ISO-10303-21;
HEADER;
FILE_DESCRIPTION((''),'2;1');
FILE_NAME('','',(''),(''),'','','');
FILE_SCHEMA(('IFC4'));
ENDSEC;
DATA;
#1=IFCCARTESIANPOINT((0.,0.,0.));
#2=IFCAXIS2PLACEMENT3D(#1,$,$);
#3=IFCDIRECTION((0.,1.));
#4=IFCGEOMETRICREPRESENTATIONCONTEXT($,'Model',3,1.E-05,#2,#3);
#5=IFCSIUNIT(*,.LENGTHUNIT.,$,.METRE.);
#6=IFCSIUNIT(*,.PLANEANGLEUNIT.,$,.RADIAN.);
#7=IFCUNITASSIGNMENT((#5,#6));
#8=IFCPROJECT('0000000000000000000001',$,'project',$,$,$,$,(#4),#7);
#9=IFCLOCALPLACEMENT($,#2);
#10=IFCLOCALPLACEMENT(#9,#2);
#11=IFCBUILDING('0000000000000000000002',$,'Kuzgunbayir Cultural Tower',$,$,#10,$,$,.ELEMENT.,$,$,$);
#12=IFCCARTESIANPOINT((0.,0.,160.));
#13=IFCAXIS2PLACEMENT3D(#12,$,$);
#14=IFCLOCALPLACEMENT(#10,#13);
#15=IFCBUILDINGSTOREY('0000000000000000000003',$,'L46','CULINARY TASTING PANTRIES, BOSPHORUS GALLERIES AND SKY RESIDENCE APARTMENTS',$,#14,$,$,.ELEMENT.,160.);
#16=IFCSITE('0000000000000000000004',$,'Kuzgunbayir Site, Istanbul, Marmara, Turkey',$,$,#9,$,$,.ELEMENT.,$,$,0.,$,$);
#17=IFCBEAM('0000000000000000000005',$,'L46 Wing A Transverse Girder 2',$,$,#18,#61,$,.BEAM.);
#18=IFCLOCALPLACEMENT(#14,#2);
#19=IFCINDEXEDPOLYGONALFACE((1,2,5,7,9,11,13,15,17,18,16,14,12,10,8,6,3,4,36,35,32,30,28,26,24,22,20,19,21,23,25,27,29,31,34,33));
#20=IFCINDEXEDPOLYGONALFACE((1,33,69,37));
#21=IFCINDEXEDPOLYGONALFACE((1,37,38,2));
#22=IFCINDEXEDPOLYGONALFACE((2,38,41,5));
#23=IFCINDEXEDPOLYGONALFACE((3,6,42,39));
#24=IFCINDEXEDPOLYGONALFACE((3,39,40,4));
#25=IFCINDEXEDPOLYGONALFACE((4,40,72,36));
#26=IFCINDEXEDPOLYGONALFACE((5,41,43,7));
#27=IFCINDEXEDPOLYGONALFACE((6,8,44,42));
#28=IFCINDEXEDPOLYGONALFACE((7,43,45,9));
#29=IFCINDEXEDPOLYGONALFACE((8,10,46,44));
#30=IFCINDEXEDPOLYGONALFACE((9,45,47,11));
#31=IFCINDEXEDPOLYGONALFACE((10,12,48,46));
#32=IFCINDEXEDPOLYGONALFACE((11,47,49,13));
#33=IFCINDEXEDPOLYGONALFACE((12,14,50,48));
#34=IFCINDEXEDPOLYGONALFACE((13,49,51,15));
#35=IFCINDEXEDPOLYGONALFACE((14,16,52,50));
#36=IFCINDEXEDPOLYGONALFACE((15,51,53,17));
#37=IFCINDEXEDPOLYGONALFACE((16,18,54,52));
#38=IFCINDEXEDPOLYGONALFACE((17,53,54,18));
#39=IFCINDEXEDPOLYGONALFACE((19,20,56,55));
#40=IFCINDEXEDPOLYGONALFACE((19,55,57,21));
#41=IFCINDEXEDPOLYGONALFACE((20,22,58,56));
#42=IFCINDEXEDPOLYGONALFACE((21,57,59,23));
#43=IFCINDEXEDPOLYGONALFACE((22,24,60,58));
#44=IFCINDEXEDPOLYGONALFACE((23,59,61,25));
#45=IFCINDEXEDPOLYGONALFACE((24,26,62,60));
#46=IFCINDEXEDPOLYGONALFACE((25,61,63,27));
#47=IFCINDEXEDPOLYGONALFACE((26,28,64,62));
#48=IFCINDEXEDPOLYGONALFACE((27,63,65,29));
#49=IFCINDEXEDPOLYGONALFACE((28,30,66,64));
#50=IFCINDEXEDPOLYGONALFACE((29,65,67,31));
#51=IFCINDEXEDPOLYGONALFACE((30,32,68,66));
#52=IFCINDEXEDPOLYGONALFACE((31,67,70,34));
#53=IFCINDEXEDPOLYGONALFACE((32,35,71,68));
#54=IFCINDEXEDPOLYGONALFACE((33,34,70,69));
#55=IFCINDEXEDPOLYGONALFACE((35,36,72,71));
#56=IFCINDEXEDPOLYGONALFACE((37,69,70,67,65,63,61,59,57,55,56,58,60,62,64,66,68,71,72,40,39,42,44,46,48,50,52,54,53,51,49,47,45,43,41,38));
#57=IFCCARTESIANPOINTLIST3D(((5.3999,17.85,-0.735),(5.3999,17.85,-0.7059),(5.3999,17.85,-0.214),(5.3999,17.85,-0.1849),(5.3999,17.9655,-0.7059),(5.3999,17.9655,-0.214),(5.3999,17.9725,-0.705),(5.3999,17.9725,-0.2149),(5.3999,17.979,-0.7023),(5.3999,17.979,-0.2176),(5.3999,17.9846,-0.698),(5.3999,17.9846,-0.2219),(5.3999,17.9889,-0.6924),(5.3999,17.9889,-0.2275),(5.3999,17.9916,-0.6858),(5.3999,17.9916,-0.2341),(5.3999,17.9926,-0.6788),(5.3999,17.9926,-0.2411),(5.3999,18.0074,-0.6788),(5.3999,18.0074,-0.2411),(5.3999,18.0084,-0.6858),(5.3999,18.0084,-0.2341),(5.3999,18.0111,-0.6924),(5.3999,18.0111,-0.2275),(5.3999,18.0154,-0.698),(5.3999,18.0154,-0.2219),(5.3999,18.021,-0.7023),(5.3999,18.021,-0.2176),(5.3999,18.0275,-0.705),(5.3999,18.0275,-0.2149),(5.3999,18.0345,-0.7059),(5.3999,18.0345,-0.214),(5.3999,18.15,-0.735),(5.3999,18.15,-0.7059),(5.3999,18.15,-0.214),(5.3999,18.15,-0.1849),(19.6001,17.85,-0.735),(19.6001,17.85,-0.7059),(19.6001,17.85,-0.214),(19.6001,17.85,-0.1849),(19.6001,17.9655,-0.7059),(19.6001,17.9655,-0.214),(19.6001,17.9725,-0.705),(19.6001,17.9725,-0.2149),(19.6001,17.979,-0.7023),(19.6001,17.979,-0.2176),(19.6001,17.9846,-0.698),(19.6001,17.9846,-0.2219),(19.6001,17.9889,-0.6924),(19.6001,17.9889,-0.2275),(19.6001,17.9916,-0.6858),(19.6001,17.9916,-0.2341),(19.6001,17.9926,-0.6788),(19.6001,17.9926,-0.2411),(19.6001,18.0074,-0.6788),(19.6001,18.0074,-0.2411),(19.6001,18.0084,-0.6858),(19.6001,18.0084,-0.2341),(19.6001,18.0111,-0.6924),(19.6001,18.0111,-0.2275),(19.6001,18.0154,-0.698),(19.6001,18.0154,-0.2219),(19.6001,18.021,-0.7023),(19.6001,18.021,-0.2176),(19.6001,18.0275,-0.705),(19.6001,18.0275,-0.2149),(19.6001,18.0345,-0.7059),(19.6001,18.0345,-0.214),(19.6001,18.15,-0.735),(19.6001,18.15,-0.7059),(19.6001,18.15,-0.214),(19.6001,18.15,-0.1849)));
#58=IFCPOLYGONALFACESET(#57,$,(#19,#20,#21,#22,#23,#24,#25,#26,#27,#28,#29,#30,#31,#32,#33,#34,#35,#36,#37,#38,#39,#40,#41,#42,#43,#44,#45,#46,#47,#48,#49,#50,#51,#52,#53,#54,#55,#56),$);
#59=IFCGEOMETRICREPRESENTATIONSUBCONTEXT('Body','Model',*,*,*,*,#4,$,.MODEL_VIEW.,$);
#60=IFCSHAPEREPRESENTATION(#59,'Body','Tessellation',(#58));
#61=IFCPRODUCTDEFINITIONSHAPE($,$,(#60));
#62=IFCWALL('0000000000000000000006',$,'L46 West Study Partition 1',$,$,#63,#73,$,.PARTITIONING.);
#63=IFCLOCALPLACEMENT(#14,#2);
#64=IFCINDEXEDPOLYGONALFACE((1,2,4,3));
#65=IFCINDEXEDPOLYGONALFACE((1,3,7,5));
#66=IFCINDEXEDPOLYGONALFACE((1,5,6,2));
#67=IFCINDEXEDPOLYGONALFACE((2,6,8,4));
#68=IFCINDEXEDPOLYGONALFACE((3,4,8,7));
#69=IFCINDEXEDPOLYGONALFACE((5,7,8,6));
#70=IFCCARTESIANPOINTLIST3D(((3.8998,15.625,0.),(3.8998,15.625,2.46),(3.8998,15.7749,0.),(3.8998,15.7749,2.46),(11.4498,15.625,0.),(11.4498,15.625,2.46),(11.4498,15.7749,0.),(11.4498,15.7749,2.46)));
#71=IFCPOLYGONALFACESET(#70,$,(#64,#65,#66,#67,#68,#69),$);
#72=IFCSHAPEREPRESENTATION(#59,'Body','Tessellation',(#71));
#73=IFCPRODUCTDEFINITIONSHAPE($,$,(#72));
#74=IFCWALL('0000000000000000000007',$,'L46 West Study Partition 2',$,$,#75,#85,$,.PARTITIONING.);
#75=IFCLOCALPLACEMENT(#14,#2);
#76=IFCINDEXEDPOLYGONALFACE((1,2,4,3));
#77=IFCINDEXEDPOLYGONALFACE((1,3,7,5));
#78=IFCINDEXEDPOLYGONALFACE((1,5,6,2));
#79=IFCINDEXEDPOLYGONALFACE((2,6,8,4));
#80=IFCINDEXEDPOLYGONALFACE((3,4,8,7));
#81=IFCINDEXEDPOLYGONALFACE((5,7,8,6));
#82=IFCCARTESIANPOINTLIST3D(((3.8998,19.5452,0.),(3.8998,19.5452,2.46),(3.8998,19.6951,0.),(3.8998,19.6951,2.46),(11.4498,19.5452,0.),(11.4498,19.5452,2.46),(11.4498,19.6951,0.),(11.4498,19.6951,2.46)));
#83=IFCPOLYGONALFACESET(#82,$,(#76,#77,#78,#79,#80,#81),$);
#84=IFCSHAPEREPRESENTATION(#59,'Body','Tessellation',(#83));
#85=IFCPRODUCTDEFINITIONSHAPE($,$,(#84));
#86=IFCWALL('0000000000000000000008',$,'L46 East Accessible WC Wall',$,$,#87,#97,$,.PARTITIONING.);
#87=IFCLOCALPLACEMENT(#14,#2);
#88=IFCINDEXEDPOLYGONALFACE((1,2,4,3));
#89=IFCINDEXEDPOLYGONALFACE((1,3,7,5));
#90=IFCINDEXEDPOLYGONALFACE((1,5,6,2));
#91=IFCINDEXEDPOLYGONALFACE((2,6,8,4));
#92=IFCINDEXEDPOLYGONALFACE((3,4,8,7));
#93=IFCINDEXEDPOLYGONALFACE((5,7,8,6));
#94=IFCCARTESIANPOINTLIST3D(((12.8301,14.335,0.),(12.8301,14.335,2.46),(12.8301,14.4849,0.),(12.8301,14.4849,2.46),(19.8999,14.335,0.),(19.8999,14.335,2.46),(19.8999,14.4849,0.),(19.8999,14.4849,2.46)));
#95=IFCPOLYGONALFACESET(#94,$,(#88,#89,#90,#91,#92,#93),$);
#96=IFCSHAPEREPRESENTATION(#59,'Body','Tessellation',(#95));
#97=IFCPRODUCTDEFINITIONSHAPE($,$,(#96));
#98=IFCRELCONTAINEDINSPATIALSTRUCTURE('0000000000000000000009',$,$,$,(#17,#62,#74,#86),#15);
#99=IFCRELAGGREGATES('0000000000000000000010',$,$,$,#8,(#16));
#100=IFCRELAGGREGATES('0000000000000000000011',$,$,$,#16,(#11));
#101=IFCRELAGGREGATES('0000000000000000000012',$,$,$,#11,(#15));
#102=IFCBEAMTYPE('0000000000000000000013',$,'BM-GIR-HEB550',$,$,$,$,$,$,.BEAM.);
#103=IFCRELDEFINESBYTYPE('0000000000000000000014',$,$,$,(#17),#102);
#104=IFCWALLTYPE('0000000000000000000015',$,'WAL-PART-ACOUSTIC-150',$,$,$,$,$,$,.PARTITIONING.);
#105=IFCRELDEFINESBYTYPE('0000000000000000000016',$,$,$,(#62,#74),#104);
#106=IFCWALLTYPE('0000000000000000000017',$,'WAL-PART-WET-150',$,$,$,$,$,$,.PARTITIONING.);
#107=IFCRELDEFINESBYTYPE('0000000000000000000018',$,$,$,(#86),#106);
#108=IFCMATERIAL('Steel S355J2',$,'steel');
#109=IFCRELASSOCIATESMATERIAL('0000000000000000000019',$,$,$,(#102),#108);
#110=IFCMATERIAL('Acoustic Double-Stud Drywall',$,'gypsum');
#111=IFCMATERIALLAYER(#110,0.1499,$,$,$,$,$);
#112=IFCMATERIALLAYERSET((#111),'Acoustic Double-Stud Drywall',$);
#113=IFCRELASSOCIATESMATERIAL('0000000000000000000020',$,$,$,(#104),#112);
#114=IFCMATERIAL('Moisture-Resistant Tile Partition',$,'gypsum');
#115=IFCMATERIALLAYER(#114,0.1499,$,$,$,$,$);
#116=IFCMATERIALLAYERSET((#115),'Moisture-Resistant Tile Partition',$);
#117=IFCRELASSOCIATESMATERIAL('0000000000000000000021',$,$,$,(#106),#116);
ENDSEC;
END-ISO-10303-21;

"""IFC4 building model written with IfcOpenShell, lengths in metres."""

from ifc_helpers import new_model, si_unit, direction, frame, frame_2d, origin, origin_2d, place, context, subcontext, project, spatial, rectangle, i_section, extrude, material, layer, layer_set, material_profile, profile_set, type_object, element, save


model = new_model("IFC4")

# Units and contexts
model_context = context("Model", 3, precision=1e-05, world=origin(), true_north=direction((0.0, 1.0)))
body_context = subcontext(model_context, "Body", "Model", "MODEL_VIEW")
ifc_project = project(units=[si_unit("LENGTHUNIT", "METRE"), si_unit("PLANEANGLEUNIT", "RADIAN")], contexts=[model_context])

# Site, building, storey
site_placement = place(None, origin())
site = spatial("IfcSite", under=ifc_project, at=site_placement, Name="Kuzgunbayir Site, Istanbul, Marmara, Turkey", CompositionType="ELEMENT", RefElevation=0.0)
building_placement = place(site_placement, origin())
building = spatial("IfcBuilding", under=site, at=building_placement, Name="Kuzgunbayir Cultural Tower", CompositionType="ELEMENT")
storey_placement = place(building_placement, frame((0.0, 0.0, 160.0)))
storey = spatial("IfcBuildingStorey", under=building, at=storey_placement, Name="L46", Description="CULINARY TASTING PANTRIES, BOSPHORUS GALLERIES AND SKY RESIDENCE APARTMENTS", CompositionType="ELEMENT", Elevation=160.0)

# Beam
ifc_material_1 = material(Name="Steel S355J2", Category="steel")
ifc_material_profile_1 = material_profile(ifc_material_1, i_section(OverallWidth=0.3, OverallDepth=0.55, WebThickness=0.0149, FlangeThickness=0.0291, FilletRadius=0.0271, at=origin_2d()), Name="HEB 550")
ifc_profile_set_1 = profile_set([ifc_material_profile_1], Name="Steel S355J2")
beam_type_1 = type_object("IfcBeamType", Name="BM-GIR-HEB550", PredefinedType="BEAM", material=ifc_profile_set_1)
for number, where, z_axis, x_axis, name in (
    (1, (5.3999, 18.0, -0.46), (1.0, 0.0, 0.0), (0.0, 1.0, 0.0), "L46 Wing A Transverse Girder 2"),
):
    element("IfcBeam", number, at=place(storey_placement, frame(where, z_axis=z_axis, x_axis=x_axis)), inside=storey, type_object=beam_type_1, Name=name, PredefinedType="BEAM", context=body_context, shape_type="SweptSolid", body=[
        extrude(i_section(OverallWidth=0.3, OverallDepth=0.55, WebThickness=0.0149, FlangeThickness=0.0291, FilletRadius=0.0271, at=origin_2d()), origin(), (0.0, 0.0, 1.0), 14.2002),
    ])

# Walls
ifc_material_2 = material(Name="Acoustic Double-Stud Drywall", Category="gypsum")
ifc_layer_1 = layer(ifc_material_2, 0.1499)
ifc_layer_set_1 = layer_set([ifc_layer_1], Name="Acoustic Double-Stud Drywall")
wall_type_1 = type_object("IfcWallType", Name="WAL-PART-ACOUSTIC-150", PredefinedType="PARTITIONING", material=ifc_layer_set_1)
for number, where, z_axis, x_axis, name in (
    (2, (3.8999, 15.7, 0.0), (0.0, 0.0, 1.0), (1.0, 0.0, 0.0), "L46 West Study Partition 1"),
    (3, (3.8999, 19.6201, 0.0), (0.0, 0.0, 1.0), (1.0, 0.0, 0.0), "L46 West Study Partition 2"),
):
    element("IfcWall", number, at=place(storey_placement, frame(where, z_axis=z_axis, x_axis=x_axis)), inside=storey, type_object=wall_type_1, Name=name, PredefinedType="PARTITIONING", context=body_context, shape_type="SweptSolid", body=[
        extrude(rectangle(XDim=7.55, YDim=0.1499, at=frame_2d((3.7749, 0.0))), origin(), (0.0, 0.0, 1.0), 2.46),
    ])

# Wall
ifc_material_3 = material(Name="Moisture-Resistant Tile Partition", Category="gypsum")
ifc_layer_2 = layer(ifc_material_3, 0.1499)
ifc_layer_set_2 = layer_set([ifc_layer_2], Name="Moisture-Resistant Tile Partition")
wall_type_2 = type_object("IfcWallType", Name="WAL-PART-WET-150", PredefinedType="PARTITIONING", material=ifc_layer_set_2)
wall_1_placement = place(storey_placement, frame((12.8301, 14.4099, 0.0), z_axis=(0.0, 0.0, 1.0), x_axis=(1.0, 0.0, 0.0)))
element("IfcWall", 4, at=wall_1_placement, inside=storey, type_object=wall_type_2, Name="L46 East Accessible WC Wall", PredefinedType="PARTITIONING", context=body_context, shape_type="SweptSolid", body=[
    extrude(rectangle(XDim=7.0698, YDim=0.1499, at=frame_2d((3.5349, 0.0))), origin(), (0.0, 0.0, 1.0), 2.46),
])

save(model, "model.ifc")
